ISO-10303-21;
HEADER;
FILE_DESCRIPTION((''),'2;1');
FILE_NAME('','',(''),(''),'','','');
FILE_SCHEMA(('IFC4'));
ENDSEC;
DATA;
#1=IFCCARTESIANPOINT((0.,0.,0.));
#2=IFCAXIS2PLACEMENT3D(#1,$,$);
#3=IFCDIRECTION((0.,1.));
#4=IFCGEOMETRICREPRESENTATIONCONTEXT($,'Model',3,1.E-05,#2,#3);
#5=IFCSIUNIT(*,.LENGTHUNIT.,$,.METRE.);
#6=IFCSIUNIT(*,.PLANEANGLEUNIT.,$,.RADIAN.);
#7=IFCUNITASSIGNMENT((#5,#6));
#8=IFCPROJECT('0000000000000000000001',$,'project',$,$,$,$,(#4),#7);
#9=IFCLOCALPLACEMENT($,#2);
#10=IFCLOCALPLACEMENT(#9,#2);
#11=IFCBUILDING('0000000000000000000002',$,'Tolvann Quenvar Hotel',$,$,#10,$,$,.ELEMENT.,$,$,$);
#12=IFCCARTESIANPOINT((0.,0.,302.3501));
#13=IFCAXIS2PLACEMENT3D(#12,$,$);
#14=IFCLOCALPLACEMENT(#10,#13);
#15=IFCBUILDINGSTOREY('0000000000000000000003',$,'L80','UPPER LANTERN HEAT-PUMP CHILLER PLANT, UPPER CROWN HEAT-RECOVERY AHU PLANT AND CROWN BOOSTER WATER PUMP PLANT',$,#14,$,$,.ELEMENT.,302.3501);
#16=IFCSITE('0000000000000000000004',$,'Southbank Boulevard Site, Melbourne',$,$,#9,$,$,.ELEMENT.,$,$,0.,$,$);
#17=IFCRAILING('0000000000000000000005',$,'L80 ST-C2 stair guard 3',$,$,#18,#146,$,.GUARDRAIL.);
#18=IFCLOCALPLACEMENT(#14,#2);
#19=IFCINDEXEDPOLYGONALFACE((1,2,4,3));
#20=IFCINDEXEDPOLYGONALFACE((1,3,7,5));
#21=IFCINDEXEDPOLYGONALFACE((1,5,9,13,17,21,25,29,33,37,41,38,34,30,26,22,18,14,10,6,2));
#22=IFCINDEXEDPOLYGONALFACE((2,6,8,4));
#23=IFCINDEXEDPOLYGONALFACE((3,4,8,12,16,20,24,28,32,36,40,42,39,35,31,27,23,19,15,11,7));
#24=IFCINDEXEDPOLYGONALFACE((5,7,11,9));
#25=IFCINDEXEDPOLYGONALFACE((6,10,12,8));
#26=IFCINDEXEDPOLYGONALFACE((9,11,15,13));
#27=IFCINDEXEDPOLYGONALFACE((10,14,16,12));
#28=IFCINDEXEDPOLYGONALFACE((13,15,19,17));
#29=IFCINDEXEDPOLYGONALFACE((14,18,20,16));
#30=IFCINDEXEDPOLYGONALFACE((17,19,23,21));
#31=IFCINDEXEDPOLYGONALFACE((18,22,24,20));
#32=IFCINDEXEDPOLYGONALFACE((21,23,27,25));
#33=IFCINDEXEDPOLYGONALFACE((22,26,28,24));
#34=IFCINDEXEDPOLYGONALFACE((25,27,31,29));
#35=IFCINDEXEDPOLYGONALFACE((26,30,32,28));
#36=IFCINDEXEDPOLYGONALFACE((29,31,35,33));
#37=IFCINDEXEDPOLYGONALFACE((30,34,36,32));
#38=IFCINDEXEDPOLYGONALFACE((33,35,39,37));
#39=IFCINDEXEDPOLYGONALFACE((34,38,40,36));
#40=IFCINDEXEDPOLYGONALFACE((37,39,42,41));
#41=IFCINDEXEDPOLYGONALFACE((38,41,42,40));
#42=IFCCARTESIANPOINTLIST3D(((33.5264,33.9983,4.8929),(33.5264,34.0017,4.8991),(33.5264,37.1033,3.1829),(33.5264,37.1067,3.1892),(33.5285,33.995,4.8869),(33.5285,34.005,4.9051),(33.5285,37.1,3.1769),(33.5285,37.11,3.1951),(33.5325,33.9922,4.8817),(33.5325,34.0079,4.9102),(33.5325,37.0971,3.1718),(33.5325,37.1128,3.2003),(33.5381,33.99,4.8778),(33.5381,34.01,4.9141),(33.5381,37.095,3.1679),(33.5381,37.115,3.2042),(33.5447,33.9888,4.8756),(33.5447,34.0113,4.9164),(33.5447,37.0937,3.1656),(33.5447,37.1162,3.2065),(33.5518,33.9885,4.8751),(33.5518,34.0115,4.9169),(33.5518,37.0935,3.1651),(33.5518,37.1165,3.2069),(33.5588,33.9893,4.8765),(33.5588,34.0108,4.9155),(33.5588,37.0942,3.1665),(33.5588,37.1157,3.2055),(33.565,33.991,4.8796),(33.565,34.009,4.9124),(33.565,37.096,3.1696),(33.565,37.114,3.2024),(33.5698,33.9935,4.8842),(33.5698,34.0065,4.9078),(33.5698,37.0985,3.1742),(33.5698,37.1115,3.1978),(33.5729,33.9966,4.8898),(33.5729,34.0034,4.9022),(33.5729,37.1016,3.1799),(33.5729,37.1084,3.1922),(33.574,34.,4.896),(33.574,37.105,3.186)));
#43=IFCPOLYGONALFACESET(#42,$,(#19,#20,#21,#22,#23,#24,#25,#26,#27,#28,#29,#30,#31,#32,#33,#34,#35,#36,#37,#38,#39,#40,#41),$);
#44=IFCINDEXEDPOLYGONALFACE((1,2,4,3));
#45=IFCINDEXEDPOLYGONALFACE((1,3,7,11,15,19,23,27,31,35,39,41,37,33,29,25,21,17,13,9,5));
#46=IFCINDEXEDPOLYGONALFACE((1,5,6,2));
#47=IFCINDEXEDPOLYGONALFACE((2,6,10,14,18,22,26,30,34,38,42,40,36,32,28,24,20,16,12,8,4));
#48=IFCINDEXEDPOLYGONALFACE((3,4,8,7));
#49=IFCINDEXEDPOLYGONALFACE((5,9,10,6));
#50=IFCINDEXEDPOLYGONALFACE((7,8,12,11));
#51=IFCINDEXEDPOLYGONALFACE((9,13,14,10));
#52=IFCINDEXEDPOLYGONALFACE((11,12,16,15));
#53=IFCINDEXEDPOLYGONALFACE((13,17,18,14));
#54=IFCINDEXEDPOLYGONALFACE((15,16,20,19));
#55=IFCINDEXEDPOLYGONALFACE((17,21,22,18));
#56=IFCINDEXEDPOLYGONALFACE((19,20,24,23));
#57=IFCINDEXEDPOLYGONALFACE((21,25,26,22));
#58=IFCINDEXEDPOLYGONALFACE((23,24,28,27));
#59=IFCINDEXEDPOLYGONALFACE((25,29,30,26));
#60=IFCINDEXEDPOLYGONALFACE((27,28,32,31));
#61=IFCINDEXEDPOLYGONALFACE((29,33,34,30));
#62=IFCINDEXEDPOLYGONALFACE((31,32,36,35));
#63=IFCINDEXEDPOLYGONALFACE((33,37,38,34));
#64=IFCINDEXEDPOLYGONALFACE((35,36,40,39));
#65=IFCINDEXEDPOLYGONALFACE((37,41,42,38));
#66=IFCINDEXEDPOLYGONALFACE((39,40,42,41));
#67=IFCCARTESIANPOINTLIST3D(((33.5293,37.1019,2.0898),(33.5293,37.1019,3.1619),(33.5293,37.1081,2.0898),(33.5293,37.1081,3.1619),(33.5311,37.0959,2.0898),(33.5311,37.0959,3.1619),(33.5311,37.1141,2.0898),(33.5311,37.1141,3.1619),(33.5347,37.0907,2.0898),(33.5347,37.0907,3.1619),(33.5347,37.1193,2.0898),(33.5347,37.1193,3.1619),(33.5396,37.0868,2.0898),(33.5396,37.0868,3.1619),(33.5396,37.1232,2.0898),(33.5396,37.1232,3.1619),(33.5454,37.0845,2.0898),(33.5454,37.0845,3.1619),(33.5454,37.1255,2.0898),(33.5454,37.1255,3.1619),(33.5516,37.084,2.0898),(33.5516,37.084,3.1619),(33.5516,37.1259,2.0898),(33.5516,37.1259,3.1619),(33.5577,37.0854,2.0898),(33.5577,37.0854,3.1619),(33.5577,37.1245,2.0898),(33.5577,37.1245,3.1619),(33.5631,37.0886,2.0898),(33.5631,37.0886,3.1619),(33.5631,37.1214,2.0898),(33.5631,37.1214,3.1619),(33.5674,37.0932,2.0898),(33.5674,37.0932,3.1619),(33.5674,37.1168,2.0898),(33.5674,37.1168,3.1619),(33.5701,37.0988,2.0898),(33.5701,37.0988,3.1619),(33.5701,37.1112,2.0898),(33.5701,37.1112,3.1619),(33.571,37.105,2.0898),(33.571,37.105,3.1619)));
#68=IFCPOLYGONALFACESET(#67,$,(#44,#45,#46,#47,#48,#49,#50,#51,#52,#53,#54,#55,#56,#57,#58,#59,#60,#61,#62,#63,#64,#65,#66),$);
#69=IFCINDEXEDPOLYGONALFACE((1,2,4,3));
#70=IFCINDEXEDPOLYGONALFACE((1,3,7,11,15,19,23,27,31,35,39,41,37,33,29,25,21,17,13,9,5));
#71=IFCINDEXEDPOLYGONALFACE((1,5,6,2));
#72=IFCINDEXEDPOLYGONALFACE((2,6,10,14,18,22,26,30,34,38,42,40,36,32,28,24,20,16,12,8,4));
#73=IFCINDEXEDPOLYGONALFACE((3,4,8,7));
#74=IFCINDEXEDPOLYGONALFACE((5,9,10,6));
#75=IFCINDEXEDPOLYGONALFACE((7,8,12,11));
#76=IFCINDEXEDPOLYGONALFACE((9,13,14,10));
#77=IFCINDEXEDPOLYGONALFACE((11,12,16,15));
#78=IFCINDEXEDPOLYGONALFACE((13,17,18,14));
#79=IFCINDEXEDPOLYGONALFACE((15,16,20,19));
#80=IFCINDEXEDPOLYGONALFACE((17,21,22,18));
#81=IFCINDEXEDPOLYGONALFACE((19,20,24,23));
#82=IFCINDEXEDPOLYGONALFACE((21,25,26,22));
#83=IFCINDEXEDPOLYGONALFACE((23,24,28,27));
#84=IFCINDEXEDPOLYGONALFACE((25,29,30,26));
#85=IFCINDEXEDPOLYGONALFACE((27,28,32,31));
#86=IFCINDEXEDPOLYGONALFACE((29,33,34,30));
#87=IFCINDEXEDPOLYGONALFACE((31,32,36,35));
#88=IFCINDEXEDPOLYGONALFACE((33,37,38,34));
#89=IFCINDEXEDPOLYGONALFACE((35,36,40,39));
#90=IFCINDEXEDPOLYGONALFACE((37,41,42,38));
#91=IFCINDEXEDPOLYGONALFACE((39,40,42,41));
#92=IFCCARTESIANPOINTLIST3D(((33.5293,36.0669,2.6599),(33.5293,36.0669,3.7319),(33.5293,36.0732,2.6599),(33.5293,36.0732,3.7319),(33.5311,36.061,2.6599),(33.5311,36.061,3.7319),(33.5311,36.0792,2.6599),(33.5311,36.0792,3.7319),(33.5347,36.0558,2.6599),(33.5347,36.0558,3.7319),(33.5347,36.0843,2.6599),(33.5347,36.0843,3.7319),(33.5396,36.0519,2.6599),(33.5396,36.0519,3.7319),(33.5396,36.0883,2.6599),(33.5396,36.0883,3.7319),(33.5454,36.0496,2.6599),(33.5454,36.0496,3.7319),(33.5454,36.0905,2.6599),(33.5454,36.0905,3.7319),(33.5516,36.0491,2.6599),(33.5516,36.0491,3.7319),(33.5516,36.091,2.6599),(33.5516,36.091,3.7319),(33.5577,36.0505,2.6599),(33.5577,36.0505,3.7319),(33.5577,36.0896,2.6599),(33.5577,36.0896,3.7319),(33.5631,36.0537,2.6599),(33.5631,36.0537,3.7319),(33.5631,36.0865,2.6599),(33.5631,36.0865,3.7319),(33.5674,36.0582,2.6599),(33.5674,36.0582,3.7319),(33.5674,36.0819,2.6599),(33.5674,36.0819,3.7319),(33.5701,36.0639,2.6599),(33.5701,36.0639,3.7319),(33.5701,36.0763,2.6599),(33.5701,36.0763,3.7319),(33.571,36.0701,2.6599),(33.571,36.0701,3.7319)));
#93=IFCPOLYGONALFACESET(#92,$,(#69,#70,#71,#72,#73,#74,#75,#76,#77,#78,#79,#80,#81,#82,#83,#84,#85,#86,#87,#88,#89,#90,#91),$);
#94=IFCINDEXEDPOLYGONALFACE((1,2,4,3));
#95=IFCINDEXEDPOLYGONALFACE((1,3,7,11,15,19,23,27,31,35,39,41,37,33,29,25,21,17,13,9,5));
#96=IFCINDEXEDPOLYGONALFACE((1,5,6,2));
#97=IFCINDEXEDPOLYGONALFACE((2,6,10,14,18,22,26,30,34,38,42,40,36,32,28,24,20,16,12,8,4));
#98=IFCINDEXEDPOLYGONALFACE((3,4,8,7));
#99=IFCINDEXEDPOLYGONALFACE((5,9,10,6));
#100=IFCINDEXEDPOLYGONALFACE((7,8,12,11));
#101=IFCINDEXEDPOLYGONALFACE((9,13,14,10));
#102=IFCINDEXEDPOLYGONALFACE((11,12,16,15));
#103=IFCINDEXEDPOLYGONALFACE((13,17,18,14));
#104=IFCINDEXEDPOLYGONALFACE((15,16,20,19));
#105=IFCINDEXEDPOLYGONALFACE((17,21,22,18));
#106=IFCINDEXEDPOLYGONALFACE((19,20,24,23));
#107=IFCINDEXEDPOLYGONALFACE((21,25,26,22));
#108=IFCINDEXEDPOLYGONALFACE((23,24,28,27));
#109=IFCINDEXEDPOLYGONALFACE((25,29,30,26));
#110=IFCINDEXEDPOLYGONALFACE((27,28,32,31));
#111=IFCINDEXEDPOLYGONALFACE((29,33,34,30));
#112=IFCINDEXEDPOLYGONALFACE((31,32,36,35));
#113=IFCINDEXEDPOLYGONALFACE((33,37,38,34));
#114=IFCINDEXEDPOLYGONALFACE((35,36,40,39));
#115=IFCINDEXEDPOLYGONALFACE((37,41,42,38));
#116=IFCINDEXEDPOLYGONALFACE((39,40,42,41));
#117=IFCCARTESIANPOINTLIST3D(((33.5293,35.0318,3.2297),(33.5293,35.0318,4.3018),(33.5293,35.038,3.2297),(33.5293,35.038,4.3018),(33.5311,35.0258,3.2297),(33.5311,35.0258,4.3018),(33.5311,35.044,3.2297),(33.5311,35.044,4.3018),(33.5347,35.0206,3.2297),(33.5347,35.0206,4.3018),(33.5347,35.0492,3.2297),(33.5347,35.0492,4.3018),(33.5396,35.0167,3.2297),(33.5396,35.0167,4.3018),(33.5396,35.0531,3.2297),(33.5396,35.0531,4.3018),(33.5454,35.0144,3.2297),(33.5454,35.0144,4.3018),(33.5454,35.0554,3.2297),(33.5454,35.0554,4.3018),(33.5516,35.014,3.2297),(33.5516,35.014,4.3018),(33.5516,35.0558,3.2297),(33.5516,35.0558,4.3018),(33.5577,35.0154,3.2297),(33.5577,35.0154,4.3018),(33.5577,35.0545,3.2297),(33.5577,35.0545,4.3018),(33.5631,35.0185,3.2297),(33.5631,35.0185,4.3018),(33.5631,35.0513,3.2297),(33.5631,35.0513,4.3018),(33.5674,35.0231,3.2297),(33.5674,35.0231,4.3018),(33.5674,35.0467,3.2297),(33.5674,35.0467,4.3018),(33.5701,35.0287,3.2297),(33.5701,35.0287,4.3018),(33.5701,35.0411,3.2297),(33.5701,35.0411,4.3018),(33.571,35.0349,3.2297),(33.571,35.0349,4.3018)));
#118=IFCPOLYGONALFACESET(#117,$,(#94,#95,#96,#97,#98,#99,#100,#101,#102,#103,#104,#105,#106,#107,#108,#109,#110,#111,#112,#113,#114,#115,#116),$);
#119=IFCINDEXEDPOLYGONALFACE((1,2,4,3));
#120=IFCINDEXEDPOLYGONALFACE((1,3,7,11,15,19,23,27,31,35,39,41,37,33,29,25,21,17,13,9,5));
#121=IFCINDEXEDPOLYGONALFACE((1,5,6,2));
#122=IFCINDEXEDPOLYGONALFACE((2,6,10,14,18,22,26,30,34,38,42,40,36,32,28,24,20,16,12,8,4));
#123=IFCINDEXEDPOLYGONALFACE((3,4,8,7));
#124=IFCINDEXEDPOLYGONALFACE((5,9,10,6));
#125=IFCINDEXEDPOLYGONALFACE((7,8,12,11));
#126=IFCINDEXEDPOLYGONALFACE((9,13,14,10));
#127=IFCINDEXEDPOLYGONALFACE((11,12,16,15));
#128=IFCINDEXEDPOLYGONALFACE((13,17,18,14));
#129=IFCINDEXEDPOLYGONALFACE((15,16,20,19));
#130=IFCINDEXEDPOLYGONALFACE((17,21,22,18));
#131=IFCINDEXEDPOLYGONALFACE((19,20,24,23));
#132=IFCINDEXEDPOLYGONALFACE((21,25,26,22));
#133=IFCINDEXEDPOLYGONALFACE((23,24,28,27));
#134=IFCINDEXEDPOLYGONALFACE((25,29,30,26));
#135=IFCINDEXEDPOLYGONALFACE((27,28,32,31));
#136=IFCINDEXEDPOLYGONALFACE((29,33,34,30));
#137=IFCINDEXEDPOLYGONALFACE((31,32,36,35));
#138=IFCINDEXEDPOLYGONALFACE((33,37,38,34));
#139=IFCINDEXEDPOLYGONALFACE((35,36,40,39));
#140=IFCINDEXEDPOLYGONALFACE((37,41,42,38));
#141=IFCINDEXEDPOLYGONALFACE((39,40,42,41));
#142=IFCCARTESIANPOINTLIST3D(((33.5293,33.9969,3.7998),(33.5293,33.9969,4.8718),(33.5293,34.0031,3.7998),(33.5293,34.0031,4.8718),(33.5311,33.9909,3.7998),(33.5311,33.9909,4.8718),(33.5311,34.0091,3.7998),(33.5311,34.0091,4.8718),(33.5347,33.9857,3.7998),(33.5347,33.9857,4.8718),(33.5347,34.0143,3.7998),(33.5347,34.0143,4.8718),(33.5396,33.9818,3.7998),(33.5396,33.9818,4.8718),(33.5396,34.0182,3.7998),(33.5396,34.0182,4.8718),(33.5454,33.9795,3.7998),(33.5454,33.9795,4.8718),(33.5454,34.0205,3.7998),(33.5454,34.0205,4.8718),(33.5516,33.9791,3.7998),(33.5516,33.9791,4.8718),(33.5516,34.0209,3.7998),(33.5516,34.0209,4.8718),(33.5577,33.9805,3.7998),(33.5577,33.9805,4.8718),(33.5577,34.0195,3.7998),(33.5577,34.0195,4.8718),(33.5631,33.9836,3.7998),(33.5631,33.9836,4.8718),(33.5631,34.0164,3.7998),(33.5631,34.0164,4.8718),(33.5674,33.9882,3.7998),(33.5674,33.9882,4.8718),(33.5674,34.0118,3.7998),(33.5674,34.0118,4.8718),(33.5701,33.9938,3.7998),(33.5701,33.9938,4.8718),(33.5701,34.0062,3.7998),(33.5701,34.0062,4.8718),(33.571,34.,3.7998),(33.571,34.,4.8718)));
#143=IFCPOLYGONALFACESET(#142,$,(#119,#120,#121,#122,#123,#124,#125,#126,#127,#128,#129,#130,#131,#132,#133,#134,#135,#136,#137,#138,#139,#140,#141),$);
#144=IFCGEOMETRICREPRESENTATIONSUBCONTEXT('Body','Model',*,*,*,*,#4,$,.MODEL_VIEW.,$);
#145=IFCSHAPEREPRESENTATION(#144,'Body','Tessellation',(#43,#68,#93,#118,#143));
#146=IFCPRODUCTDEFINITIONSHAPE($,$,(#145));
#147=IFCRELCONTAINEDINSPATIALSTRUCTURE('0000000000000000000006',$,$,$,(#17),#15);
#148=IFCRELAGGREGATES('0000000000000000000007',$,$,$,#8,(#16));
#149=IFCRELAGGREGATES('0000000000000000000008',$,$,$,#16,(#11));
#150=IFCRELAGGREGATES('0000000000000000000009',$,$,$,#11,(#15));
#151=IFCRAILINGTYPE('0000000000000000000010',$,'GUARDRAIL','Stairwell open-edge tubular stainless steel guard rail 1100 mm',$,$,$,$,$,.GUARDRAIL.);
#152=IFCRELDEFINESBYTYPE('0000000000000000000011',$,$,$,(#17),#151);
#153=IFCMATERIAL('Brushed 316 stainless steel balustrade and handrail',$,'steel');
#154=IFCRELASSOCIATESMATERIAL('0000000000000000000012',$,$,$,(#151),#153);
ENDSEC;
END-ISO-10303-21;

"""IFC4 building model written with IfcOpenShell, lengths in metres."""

from ifc_helpers import new_model, si_unit, direction, frame, origin, origin_2d, place, context, subcontext, project, spatial, circle, extrude, material, type_object, element, save


model = new_model("IFC4")

# Units and contexts
model_context = context("Model", 3, precision=1e-05, world=origin(), true_north=direction((0.0, 1.0)))
body_context = subcontext(model_context, "Body", "Model", "MODEL_VIEW")
ifc_project = project(units=[si_unit("LENGTHUNIT", "METRE"), si_unit("PLANEANGLEUNIT", "RADIAN")], contexts=[model_context])

# Site, building, storey
site_placement = place(None, origin())
site = spatial("IfcSite", under=ifc_project, at=site_placement, Name="Southbank Boulevard Site, Melbourne", CompositionType="ELEMENT", RefElevation=0.0)
building_placement = place(site_placement, origin())
building = spatial("IfcBuilding", under=site, at=building_placement, Name="Tolvann Quenvar Hotel", CompositionType="ELEMENT")
storey_placement = place(building_placement, frame((0.0, 0.0, 302.3501)))
storey = spatial("IfcBuildingStorey", under=building, at=storey_placement, Name="L80", Description="UPPER LANTERN HEAT-PUMP CHILLER PLANT, UPPER CROWN HEAT-RECOVERY AHU PLANT AND CROWN BOOSTER WATER PUMP PLANT", CompositionType="ELEMENT", Elevation=302.3501)

# Railing
ifc_material_1 = material(Name="Brushed 316 stainless steel balustrade and handrail", Category="steel")
railing_type_1 = type_object("IfcRailingType", Name="GUARDRAIL", Description="Stairwell open-edge tubular stainless steel guard rail 1100 mm", PredefinedType="GUARDRAIL", material=ifc_material_1)
railing_1_placement = place(storey_placement, frame((33.55, 37.105, 2.0898)))
element("IfcRailing", 1, at=railing_1_placement, inside=storey, type_object=railing_type_1, Name="L80 ST-C2 stair guard 3", PredefinedType="GUARDRAIL", context=body_context, shape_type="SweptSolid", body=[
    extrude(circle(Radius=0.0239, at=origin_2d()), frame((0.0, 0.0, 1.0962), z_axis=(0.0, -0.875951, 0.4824), x_axis=(1.0, 0.0, 0.0)), (0.0, 0.0, 1.0), 3.5447),
    extrude(circle(Radius=0.021, at=origin_2d()), origin(), (0.0, 0.0, 1.0), 1.072),
    extrude(circle(Radius=0.021, at=origin_2d()), frame((0.0, -1.0349, 0.5701)), (0.0, 0.0, 1.0), 1.072),
    extrude(circle(Radius=0.021, at=origin_2d()), frame((0.0, -2.0701, 1.1399)), (0.0, 0.0, 1.0), 1.072),
    extrude(circle(Radius=0.021, at=origin_2d()), frame((0.0, -3.105, 1.71)), (0.0, 0.0, 1.0), 1.072),
])

save(model, "model.ifc")
